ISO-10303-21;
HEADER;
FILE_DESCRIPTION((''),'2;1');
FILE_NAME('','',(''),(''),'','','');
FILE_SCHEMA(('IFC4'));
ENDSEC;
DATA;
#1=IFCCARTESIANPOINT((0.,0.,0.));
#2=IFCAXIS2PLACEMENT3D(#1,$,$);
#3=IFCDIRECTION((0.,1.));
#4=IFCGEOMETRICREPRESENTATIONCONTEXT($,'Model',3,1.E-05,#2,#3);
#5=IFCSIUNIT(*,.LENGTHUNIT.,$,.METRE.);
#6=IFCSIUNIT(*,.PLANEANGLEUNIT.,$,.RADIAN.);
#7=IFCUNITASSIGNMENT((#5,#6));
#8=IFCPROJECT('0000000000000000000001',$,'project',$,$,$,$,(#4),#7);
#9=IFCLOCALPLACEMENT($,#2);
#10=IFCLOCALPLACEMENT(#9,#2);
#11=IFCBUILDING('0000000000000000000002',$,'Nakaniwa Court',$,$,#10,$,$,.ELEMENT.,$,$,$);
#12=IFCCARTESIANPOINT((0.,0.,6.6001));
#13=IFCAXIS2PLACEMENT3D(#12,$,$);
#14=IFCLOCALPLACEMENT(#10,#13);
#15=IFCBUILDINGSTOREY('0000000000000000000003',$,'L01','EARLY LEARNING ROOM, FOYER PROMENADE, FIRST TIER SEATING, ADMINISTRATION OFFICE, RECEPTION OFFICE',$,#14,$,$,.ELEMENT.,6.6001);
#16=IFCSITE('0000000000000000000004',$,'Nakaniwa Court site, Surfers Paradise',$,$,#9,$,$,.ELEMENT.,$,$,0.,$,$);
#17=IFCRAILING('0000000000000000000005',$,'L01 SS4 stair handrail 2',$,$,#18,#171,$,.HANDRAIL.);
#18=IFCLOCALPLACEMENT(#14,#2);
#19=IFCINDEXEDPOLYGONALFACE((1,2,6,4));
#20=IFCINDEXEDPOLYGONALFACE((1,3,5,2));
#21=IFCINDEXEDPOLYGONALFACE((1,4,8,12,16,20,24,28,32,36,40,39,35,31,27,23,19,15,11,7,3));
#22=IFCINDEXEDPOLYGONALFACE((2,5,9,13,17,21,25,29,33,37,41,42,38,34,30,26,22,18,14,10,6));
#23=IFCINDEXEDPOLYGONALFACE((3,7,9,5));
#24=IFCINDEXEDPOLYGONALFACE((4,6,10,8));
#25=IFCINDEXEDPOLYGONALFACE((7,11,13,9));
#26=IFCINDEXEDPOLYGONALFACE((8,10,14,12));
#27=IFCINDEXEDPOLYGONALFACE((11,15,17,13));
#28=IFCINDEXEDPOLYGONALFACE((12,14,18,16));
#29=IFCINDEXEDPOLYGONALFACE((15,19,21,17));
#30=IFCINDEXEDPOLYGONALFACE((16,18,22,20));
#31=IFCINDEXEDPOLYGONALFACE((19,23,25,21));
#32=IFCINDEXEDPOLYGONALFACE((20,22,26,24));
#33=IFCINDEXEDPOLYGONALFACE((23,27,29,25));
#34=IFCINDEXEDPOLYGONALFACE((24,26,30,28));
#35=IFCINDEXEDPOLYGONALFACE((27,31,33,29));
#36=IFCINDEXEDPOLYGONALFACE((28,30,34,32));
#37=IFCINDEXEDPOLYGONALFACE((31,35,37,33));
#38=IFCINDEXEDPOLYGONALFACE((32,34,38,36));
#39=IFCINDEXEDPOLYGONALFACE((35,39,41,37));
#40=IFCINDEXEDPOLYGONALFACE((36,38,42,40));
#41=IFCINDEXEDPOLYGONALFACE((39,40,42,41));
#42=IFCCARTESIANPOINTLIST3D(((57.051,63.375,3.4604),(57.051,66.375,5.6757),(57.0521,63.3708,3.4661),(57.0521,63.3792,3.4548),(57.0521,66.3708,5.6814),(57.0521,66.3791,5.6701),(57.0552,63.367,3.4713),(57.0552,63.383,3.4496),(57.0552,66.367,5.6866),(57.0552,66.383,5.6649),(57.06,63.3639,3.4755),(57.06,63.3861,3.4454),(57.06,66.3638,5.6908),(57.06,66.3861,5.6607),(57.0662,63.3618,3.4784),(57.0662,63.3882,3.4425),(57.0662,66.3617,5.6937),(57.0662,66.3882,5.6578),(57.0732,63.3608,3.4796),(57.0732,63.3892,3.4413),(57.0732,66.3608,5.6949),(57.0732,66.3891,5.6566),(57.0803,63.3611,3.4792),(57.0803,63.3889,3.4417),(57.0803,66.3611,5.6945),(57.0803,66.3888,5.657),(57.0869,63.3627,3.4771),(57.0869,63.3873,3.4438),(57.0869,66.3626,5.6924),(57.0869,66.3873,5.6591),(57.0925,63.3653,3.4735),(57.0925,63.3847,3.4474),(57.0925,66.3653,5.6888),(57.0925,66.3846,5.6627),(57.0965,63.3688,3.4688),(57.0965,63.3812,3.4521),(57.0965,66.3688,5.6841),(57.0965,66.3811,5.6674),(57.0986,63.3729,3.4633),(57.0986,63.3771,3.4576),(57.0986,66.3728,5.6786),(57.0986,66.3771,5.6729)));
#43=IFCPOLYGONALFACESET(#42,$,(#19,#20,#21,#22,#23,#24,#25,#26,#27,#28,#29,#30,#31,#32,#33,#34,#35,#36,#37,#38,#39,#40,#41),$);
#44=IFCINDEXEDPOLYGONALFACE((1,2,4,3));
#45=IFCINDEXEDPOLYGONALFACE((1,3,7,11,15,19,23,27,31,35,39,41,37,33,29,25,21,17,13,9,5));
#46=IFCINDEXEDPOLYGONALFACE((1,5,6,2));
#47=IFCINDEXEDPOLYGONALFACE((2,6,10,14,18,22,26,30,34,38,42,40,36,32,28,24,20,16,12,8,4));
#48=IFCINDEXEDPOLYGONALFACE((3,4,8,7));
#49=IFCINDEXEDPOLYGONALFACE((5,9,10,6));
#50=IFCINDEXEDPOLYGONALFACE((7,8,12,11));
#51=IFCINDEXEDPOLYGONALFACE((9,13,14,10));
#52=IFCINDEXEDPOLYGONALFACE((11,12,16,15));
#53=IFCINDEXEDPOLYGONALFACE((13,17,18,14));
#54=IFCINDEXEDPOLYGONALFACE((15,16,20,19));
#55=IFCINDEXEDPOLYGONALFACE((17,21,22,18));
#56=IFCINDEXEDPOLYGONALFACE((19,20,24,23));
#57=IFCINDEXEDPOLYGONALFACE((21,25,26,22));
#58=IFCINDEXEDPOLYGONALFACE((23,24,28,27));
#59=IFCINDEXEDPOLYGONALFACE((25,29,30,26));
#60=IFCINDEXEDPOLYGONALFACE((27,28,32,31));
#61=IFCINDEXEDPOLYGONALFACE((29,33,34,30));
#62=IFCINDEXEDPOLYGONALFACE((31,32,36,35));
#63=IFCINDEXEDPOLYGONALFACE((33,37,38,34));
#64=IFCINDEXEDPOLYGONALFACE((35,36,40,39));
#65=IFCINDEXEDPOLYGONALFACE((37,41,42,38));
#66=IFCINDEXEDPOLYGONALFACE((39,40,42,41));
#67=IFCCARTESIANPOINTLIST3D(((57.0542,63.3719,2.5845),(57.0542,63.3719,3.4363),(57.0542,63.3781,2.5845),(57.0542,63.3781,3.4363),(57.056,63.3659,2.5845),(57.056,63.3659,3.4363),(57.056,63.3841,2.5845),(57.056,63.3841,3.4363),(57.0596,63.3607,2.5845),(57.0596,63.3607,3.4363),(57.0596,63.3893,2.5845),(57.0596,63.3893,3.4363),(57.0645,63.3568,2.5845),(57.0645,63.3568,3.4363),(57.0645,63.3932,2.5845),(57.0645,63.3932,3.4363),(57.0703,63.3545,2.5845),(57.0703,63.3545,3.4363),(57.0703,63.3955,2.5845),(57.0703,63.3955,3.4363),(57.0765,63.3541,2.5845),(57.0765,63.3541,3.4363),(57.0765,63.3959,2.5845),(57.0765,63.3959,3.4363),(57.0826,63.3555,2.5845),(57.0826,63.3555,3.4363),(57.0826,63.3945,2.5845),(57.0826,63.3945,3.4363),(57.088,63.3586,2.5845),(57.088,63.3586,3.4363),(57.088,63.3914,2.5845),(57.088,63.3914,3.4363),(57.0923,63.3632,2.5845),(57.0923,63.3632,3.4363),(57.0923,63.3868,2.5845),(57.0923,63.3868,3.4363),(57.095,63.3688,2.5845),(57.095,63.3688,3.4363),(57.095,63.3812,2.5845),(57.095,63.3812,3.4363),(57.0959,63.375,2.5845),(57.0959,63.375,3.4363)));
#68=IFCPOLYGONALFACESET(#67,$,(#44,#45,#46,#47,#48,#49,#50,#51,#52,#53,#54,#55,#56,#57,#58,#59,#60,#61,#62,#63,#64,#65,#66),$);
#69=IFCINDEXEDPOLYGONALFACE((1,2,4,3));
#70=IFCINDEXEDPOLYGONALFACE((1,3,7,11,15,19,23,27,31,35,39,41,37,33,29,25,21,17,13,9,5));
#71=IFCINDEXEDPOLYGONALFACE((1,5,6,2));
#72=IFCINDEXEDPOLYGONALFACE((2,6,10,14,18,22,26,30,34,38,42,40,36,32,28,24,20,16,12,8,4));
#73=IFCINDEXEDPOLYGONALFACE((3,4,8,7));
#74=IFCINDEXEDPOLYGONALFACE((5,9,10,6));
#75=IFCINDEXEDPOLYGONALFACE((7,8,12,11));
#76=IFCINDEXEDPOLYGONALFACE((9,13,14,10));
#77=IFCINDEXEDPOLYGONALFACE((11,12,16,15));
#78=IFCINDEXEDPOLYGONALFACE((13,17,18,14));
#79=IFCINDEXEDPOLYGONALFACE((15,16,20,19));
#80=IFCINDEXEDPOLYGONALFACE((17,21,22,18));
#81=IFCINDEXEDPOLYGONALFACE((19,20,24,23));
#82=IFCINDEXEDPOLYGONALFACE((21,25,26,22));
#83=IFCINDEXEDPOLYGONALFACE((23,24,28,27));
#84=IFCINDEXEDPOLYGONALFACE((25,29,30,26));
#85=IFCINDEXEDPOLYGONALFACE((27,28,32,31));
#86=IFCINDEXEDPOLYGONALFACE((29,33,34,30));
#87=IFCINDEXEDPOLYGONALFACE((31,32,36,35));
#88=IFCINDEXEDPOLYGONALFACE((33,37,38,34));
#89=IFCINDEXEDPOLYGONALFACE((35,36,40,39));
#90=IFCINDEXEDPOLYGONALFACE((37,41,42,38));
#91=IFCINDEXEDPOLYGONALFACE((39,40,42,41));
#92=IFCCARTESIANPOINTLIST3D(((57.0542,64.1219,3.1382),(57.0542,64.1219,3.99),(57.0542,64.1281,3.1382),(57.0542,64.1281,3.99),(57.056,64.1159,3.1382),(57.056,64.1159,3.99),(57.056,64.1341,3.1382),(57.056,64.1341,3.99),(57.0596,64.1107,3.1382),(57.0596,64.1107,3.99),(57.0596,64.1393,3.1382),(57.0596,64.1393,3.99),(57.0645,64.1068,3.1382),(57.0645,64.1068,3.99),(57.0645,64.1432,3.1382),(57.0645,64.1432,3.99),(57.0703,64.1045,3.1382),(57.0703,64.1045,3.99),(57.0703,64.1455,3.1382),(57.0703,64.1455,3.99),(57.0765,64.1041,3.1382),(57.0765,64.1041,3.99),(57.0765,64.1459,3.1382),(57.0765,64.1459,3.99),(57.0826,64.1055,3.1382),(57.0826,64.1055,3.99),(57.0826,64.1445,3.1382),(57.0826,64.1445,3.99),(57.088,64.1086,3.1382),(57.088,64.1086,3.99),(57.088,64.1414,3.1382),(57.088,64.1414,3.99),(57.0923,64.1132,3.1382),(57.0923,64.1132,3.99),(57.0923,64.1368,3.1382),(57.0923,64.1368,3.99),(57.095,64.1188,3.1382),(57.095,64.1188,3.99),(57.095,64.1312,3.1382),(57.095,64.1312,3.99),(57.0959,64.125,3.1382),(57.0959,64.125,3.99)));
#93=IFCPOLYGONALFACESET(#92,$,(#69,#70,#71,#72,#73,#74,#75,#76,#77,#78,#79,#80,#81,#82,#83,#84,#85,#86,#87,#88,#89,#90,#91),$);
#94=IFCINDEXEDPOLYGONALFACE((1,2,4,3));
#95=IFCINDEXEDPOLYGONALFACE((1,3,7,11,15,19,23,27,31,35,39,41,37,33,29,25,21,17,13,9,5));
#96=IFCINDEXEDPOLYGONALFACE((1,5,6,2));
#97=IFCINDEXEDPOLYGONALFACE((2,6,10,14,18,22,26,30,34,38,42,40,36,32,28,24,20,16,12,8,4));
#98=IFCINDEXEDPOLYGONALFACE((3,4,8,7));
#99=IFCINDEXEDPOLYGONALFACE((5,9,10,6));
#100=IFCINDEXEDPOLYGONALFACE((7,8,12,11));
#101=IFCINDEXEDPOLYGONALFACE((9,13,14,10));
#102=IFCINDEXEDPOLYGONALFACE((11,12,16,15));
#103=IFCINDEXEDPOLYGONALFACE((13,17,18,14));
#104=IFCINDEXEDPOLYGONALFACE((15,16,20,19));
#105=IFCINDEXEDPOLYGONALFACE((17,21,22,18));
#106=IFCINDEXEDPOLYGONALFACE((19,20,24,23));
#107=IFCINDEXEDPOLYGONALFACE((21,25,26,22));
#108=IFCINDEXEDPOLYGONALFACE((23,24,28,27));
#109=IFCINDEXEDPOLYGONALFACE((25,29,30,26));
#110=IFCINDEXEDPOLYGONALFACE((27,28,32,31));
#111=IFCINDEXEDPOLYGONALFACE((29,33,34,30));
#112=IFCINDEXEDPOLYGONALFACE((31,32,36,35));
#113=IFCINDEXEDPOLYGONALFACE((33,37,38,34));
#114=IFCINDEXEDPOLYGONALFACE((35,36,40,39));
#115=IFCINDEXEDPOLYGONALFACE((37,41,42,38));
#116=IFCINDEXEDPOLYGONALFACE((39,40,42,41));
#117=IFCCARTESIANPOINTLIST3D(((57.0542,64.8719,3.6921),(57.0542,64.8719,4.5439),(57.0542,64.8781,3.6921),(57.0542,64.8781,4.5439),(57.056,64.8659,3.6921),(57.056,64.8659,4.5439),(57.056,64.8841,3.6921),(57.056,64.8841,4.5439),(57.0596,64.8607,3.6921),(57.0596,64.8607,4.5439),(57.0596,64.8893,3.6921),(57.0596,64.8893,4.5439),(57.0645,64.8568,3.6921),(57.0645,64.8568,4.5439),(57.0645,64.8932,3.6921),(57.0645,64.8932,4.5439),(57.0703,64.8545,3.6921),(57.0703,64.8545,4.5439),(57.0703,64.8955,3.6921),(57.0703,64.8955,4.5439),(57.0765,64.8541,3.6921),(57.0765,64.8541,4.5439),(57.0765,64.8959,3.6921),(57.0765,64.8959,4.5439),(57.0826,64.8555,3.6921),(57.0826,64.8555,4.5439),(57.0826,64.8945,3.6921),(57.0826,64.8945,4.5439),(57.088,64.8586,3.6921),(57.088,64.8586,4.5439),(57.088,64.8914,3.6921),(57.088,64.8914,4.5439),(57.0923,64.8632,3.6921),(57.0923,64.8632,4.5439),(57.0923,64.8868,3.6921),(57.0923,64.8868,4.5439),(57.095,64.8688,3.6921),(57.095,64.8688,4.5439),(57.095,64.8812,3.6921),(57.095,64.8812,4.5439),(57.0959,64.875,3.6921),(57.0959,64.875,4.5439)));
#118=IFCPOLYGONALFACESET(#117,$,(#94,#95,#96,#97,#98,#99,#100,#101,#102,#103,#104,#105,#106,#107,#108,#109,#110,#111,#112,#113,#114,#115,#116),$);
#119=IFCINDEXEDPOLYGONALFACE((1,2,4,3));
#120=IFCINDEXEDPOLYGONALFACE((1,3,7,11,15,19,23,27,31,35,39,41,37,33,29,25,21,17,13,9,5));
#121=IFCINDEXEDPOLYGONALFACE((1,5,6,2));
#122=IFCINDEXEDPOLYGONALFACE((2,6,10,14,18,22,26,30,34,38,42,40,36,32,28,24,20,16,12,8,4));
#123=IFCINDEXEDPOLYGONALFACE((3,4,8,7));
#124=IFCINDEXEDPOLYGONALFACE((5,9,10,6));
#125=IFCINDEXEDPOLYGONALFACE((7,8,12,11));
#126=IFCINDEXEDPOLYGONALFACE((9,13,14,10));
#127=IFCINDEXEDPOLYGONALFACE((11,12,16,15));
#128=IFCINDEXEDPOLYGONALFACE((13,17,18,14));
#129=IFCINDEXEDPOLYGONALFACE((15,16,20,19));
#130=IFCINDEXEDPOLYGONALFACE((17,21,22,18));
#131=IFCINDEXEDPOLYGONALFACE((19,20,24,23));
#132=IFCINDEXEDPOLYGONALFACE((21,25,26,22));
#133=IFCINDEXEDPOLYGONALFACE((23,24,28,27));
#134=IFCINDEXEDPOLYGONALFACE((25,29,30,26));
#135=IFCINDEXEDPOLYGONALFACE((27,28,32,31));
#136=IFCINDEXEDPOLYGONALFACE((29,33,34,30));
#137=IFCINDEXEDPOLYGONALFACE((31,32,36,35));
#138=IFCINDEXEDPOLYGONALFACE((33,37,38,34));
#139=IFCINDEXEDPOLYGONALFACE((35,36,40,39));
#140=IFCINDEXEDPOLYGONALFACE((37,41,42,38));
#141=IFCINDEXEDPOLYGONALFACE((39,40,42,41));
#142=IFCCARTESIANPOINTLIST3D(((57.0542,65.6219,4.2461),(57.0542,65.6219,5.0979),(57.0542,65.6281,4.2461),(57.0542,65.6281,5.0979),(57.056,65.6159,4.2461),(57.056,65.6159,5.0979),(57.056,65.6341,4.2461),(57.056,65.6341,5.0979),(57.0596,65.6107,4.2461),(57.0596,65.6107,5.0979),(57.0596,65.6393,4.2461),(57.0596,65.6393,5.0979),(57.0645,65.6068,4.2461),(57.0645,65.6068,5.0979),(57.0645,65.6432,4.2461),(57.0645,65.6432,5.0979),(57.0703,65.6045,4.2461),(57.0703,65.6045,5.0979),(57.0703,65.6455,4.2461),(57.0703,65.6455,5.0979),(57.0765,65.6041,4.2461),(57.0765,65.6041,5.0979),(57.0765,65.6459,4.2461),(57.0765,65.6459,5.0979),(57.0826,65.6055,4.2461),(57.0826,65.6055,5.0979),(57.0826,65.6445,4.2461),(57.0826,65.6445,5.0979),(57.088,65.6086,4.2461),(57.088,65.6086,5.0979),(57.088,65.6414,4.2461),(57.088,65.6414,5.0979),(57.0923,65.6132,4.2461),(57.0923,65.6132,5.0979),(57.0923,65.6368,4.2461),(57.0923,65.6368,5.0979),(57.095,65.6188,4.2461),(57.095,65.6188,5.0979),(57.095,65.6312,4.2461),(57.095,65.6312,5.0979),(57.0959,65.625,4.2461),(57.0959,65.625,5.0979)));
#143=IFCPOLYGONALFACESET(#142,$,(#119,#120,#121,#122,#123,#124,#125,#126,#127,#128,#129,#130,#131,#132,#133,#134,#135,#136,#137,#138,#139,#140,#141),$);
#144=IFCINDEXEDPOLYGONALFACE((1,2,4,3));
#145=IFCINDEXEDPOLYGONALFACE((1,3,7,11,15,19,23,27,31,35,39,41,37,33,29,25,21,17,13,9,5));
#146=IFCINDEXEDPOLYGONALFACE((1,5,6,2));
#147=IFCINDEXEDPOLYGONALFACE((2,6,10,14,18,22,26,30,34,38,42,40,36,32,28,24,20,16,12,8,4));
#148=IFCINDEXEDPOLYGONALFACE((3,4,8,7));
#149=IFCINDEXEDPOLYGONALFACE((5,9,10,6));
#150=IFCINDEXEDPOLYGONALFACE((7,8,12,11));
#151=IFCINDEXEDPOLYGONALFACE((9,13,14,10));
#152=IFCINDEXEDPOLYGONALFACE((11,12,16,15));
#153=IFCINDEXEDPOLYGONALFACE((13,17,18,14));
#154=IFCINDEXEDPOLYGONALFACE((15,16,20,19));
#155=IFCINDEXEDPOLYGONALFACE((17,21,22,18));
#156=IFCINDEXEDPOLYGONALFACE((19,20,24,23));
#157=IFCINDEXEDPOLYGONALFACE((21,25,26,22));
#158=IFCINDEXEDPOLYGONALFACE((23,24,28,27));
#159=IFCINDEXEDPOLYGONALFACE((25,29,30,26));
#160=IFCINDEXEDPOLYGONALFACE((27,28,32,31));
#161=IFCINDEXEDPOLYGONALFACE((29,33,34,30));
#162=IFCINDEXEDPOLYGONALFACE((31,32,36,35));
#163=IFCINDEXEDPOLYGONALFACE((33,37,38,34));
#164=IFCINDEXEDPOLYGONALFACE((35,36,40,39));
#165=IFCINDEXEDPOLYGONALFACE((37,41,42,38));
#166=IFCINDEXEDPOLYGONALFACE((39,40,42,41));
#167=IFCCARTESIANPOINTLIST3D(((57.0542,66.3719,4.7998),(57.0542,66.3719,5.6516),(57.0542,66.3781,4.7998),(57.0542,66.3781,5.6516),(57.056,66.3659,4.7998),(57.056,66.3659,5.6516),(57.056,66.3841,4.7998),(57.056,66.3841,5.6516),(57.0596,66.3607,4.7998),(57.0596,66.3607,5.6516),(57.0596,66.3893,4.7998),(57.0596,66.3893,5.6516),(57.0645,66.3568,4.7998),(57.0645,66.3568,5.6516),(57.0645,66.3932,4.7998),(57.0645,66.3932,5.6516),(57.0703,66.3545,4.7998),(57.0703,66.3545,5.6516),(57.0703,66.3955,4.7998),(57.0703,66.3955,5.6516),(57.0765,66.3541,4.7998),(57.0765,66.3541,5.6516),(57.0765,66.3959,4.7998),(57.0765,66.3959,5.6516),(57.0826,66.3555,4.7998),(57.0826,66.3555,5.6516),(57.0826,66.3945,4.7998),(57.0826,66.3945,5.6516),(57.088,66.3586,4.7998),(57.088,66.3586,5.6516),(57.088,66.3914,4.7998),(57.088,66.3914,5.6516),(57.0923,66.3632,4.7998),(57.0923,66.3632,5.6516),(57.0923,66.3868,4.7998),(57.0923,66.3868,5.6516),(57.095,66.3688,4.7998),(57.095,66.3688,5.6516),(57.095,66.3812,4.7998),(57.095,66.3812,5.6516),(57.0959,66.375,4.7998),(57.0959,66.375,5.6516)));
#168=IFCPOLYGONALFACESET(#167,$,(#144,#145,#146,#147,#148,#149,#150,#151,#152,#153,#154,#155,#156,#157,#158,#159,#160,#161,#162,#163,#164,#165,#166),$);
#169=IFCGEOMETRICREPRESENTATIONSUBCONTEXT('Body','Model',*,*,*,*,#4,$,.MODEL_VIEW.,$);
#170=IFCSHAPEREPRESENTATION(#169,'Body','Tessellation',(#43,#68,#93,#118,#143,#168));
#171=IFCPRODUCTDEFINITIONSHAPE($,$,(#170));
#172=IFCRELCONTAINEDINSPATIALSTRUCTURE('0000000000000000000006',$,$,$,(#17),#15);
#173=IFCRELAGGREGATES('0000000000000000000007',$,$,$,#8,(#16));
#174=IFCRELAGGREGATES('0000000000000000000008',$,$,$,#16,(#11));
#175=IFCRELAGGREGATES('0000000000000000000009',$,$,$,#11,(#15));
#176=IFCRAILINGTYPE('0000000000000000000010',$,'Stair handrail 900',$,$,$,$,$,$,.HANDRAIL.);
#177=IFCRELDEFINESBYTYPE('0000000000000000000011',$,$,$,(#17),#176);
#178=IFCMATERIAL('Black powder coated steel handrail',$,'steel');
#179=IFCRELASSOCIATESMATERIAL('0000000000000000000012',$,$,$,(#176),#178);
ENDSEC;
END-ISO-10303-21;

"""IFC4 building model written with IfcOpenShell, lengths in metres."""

from ifc_helpers import new_model, si_unit, direction, frame, origin, origin_2d, place, context, subcontext, project, spatial, circle, extrude, material, type_object, element, save


model = new_model("IFC4")

# Units and contexts
model_context = context("Model", 3, precision=1e-05, world=origin(), true_north=direction((0.0, 1.0)))
body_context = subcontext(model_context, "Body", "Model", "MODEL_VIEW")
ifc_project = project(units=[si_unit("LENGTHUNIT", "METRE"), si_unit("PLANEANGLEUNIT", "RADIAN")], contexts=[model_context])

# Site, building, storey
site_placement = place(None, origin())
site = spatial("IfcSite", under=ifc_project, at=site_placement, Name="Nakaniwa Court site, Surfers Paradise", CompositionType="ELEMENT", RefElevation=0.0)
building_placement = place(site_placement, origin())
building = spatial("IfcBuilding", under=site, at=building_placement, Name="Nakaniwa Court", CompositionType="ELEMENT")
storey_placement = place(building_placement, frame((0.0, 0.0, 6.6001)))
storey = spatial("IfcBuildingStorey", under=building, at=storey_placement, Name="L01", Description="EARLY LEARNING ROOM, FOYER PROMENADE, FIRST TIER SEATING, ADMINISTRATION OFFICE, RECEPTION OFFICE", CompositionType="ELEMENT", Elevation=6.6001)

# Railing
ifc_material_1 = material(Name="Black powder coated steel handrail", Category="steel")
railing_type_1 = type_object("IfcRailingType", Name="Stair handrail 900", PredefinedType="HANDRAIL", material=ifc_material_1)
railing_1_placement = place(storey_placement, frame((57.075, 63.375, 2.5845)))
element("IfcRailing", 1, at=railing_1_placement, inside=storey, type_object=railing_type_1, Name="L01 SS4 stair handrail 2", PredefinedType="HANDRAIL", context=body_context, shape_type="SweptSolid", body=[
    extrude(circle(Radius=0.0239, at=origin_2d()), frame((0.0, 0.0, 0.876), z_axis=(0.0, 0.80444, 0.594034), x_axis=(-1.0, 0.0, 0.0)), (0.0, 0.0, 1.0), 3.7292),
    extrude(circle(Radius=0.021, at=origin_2d()), origin(), (0.0, 0.0, 1.0), 0.8518),
    extrude(circle(Radius=0.021, at=origin_2d()), frame((0.0, 0.75, 0.5537)), (0.0, 0.0, 1.0), 0.8518),
    extrude(circle(Radius=0.021, at=origin_2d()), frame((0.0, 1.5, 1.1077)), (0.0, 0.0, 1.0), 0.8518),
    extrude(circle(Radius=0.021, at=origin_2d()), frame((0.0, 2.25, 1.6616)), (0.0, 0.0, 1.0), 0.8518),
    extrude(circle(Radius=0.021, at=origin_2d()), frame((0.0, 3.0, 2.2153)), (0.0, 0.0, 1.0), 0.8518),
])

save(model, "model.ifc")
